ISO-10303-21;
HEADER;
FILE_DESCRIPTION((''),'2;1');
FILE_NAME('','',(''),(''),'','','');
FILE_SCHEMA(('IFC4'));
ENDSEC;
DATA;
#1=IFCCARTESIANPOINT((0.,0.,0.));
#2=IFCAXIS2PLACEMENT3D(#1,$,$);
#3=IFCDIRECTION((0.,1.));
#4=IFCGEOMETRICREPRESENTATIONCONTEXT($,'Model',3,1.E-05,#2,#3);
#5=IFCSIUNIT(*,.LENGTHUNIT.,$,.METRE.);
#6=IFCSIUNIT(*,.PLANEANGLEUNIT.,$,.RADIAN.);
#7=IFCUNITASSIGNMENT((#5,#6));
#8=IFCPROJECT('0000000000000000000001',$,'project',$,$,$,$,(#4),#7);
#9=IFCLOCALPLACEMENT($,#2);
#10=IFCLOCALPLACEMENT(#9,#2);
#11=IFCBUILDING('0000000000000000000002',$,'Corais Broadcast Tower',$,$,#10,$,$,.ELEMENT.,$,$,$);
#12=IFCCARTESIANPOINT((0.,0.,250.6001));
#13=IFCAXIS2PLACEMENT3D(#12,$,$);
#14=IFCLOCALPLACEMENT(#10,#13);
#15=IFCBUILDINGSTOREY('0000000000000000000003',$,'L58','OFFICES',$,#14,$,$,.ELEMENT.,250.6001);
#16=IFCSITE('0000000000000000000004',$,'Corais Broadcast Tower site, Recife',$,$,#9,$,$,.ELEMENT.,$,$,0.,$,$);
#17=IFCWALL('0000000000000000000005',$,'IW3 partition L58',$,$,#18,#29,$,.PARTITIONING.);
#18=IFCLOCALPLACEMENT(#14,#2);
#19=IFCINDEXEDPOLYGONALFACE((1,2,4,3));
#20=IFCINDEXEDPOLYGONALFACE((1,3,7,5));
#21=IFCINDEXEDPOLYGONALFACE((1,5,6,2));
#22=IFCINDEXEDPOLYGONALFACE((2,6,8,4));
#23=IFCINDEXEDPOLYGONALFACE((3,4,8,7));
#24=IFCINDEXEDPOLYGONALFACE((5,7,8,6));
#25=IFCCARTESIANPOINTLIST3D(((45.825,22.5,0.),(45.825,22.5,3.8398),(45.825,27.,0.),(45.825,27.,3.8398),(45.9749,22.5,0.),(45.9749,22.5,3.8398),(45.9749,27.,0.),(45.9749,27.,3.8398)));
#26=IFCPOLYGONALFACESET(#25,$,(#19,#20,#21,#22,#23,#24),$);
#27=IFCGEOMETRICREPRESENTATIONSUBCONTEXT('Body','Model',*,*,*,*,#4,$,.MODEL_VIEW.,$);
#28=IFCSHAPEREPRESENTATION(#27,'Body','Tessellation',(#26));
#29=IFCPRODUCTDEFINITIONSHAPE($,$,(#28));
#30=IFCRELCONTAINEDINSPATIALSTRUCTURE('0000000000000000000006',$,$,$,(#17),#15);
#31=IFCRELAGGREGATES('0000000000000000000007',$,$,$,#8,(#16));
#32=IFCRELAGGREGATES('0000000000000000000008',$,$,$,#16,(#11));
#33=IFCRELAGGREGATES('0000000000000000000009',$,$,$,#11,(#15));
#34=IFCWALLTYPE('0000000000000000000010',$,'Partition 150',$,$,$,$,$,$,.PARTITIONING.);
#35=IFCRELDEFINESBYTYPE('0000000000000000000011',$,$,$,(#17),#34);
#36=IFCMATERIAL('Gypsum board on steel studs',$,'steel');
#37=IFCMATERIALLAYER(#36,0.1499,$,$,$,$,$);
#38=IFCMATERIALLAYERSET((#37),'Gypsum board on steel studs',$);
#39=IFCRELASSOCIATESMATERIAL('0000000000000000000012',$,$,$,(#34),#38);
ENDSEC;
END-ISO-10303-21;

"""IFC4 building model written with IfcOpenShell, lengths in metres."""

from ifc_helpers import new_model, si_unit, direction, frame, frame_2d, origin, place, context, subcontext, project, spatial, rectangle, extrude, material, layer, layer_set, type_object, element, save


model = new_model("IFC4")

# Units and contexts
model_context = context("Model", 3, precision=1e-05, world=origin(), true_north=direction((0.0, 1.0)))
body_context = subcontext(model_context, "Body", "Model", "MODEL_VIEW")
ifc_project = project(units=[si_unit("LENGTHUNIT", "METRE"), si_unit("PLANEANGLEUNIT", "RADIAN")], contexts=[model_context])

# Site, building, storey
site_placement = place(None, origin())
site = spatial("IfcSite", under=ifc_project, at=site_placement, Name="Corais Broadcast Tower site, Recife", CompositionType="ELEMENT", RefElevation=0.0)
building_placement = place(site_placement, origin())
building = spatial("IfcBuilding", under=site, at=building_placement, Name="Corais Broadcast Tower", CompositionType="ELEMENT")
storey_placement = place(building_placement, frame((0.0, 0.0, 250.6001)))
storey = spatial("IfcBuildingStorey", under=building, at=storey_placement, Name="L58", Description="OFFICES", CompositionType="ELEMENT", Elevation=250.6001)

# Wall
ifc_material_1 = material(Name="Gypsum board on steel studs", Category="steel")
ifc_layer_1 = layer(ifc_material_1, 0.1499)
ifc_layer_set_1 = layer_set([ifc_layer_1], Name="Gypsum board on steel studs")
wall_type = type_object("IfcWallType", Name="Partition 150", PredefinedType="PARTITIONING", material=ifc_layer_set_1)
wall_1_placement = place(storey_placement, frame((45.8999, 22.5, 0.0), z_axis=(0.0, 0.0, 1.0), x_axis=(0.0, 1.0, 0.0)))
element("IfcWall", 1, at=wall_1_placement, inside=storey, type_object=wall_type, Name="IW3 partition L58", PredefinedType="PARTITIONING", context=body_context, shape_type="SweptSolid", body=[
    extrude(rectangle(XDim=4.5, YDim=0.1499, at=frame_2d((2.25, 0.0))), origin(), (0.0, 0.0, 1.0), 3.8398),
])

save(model, "model.ifc")
